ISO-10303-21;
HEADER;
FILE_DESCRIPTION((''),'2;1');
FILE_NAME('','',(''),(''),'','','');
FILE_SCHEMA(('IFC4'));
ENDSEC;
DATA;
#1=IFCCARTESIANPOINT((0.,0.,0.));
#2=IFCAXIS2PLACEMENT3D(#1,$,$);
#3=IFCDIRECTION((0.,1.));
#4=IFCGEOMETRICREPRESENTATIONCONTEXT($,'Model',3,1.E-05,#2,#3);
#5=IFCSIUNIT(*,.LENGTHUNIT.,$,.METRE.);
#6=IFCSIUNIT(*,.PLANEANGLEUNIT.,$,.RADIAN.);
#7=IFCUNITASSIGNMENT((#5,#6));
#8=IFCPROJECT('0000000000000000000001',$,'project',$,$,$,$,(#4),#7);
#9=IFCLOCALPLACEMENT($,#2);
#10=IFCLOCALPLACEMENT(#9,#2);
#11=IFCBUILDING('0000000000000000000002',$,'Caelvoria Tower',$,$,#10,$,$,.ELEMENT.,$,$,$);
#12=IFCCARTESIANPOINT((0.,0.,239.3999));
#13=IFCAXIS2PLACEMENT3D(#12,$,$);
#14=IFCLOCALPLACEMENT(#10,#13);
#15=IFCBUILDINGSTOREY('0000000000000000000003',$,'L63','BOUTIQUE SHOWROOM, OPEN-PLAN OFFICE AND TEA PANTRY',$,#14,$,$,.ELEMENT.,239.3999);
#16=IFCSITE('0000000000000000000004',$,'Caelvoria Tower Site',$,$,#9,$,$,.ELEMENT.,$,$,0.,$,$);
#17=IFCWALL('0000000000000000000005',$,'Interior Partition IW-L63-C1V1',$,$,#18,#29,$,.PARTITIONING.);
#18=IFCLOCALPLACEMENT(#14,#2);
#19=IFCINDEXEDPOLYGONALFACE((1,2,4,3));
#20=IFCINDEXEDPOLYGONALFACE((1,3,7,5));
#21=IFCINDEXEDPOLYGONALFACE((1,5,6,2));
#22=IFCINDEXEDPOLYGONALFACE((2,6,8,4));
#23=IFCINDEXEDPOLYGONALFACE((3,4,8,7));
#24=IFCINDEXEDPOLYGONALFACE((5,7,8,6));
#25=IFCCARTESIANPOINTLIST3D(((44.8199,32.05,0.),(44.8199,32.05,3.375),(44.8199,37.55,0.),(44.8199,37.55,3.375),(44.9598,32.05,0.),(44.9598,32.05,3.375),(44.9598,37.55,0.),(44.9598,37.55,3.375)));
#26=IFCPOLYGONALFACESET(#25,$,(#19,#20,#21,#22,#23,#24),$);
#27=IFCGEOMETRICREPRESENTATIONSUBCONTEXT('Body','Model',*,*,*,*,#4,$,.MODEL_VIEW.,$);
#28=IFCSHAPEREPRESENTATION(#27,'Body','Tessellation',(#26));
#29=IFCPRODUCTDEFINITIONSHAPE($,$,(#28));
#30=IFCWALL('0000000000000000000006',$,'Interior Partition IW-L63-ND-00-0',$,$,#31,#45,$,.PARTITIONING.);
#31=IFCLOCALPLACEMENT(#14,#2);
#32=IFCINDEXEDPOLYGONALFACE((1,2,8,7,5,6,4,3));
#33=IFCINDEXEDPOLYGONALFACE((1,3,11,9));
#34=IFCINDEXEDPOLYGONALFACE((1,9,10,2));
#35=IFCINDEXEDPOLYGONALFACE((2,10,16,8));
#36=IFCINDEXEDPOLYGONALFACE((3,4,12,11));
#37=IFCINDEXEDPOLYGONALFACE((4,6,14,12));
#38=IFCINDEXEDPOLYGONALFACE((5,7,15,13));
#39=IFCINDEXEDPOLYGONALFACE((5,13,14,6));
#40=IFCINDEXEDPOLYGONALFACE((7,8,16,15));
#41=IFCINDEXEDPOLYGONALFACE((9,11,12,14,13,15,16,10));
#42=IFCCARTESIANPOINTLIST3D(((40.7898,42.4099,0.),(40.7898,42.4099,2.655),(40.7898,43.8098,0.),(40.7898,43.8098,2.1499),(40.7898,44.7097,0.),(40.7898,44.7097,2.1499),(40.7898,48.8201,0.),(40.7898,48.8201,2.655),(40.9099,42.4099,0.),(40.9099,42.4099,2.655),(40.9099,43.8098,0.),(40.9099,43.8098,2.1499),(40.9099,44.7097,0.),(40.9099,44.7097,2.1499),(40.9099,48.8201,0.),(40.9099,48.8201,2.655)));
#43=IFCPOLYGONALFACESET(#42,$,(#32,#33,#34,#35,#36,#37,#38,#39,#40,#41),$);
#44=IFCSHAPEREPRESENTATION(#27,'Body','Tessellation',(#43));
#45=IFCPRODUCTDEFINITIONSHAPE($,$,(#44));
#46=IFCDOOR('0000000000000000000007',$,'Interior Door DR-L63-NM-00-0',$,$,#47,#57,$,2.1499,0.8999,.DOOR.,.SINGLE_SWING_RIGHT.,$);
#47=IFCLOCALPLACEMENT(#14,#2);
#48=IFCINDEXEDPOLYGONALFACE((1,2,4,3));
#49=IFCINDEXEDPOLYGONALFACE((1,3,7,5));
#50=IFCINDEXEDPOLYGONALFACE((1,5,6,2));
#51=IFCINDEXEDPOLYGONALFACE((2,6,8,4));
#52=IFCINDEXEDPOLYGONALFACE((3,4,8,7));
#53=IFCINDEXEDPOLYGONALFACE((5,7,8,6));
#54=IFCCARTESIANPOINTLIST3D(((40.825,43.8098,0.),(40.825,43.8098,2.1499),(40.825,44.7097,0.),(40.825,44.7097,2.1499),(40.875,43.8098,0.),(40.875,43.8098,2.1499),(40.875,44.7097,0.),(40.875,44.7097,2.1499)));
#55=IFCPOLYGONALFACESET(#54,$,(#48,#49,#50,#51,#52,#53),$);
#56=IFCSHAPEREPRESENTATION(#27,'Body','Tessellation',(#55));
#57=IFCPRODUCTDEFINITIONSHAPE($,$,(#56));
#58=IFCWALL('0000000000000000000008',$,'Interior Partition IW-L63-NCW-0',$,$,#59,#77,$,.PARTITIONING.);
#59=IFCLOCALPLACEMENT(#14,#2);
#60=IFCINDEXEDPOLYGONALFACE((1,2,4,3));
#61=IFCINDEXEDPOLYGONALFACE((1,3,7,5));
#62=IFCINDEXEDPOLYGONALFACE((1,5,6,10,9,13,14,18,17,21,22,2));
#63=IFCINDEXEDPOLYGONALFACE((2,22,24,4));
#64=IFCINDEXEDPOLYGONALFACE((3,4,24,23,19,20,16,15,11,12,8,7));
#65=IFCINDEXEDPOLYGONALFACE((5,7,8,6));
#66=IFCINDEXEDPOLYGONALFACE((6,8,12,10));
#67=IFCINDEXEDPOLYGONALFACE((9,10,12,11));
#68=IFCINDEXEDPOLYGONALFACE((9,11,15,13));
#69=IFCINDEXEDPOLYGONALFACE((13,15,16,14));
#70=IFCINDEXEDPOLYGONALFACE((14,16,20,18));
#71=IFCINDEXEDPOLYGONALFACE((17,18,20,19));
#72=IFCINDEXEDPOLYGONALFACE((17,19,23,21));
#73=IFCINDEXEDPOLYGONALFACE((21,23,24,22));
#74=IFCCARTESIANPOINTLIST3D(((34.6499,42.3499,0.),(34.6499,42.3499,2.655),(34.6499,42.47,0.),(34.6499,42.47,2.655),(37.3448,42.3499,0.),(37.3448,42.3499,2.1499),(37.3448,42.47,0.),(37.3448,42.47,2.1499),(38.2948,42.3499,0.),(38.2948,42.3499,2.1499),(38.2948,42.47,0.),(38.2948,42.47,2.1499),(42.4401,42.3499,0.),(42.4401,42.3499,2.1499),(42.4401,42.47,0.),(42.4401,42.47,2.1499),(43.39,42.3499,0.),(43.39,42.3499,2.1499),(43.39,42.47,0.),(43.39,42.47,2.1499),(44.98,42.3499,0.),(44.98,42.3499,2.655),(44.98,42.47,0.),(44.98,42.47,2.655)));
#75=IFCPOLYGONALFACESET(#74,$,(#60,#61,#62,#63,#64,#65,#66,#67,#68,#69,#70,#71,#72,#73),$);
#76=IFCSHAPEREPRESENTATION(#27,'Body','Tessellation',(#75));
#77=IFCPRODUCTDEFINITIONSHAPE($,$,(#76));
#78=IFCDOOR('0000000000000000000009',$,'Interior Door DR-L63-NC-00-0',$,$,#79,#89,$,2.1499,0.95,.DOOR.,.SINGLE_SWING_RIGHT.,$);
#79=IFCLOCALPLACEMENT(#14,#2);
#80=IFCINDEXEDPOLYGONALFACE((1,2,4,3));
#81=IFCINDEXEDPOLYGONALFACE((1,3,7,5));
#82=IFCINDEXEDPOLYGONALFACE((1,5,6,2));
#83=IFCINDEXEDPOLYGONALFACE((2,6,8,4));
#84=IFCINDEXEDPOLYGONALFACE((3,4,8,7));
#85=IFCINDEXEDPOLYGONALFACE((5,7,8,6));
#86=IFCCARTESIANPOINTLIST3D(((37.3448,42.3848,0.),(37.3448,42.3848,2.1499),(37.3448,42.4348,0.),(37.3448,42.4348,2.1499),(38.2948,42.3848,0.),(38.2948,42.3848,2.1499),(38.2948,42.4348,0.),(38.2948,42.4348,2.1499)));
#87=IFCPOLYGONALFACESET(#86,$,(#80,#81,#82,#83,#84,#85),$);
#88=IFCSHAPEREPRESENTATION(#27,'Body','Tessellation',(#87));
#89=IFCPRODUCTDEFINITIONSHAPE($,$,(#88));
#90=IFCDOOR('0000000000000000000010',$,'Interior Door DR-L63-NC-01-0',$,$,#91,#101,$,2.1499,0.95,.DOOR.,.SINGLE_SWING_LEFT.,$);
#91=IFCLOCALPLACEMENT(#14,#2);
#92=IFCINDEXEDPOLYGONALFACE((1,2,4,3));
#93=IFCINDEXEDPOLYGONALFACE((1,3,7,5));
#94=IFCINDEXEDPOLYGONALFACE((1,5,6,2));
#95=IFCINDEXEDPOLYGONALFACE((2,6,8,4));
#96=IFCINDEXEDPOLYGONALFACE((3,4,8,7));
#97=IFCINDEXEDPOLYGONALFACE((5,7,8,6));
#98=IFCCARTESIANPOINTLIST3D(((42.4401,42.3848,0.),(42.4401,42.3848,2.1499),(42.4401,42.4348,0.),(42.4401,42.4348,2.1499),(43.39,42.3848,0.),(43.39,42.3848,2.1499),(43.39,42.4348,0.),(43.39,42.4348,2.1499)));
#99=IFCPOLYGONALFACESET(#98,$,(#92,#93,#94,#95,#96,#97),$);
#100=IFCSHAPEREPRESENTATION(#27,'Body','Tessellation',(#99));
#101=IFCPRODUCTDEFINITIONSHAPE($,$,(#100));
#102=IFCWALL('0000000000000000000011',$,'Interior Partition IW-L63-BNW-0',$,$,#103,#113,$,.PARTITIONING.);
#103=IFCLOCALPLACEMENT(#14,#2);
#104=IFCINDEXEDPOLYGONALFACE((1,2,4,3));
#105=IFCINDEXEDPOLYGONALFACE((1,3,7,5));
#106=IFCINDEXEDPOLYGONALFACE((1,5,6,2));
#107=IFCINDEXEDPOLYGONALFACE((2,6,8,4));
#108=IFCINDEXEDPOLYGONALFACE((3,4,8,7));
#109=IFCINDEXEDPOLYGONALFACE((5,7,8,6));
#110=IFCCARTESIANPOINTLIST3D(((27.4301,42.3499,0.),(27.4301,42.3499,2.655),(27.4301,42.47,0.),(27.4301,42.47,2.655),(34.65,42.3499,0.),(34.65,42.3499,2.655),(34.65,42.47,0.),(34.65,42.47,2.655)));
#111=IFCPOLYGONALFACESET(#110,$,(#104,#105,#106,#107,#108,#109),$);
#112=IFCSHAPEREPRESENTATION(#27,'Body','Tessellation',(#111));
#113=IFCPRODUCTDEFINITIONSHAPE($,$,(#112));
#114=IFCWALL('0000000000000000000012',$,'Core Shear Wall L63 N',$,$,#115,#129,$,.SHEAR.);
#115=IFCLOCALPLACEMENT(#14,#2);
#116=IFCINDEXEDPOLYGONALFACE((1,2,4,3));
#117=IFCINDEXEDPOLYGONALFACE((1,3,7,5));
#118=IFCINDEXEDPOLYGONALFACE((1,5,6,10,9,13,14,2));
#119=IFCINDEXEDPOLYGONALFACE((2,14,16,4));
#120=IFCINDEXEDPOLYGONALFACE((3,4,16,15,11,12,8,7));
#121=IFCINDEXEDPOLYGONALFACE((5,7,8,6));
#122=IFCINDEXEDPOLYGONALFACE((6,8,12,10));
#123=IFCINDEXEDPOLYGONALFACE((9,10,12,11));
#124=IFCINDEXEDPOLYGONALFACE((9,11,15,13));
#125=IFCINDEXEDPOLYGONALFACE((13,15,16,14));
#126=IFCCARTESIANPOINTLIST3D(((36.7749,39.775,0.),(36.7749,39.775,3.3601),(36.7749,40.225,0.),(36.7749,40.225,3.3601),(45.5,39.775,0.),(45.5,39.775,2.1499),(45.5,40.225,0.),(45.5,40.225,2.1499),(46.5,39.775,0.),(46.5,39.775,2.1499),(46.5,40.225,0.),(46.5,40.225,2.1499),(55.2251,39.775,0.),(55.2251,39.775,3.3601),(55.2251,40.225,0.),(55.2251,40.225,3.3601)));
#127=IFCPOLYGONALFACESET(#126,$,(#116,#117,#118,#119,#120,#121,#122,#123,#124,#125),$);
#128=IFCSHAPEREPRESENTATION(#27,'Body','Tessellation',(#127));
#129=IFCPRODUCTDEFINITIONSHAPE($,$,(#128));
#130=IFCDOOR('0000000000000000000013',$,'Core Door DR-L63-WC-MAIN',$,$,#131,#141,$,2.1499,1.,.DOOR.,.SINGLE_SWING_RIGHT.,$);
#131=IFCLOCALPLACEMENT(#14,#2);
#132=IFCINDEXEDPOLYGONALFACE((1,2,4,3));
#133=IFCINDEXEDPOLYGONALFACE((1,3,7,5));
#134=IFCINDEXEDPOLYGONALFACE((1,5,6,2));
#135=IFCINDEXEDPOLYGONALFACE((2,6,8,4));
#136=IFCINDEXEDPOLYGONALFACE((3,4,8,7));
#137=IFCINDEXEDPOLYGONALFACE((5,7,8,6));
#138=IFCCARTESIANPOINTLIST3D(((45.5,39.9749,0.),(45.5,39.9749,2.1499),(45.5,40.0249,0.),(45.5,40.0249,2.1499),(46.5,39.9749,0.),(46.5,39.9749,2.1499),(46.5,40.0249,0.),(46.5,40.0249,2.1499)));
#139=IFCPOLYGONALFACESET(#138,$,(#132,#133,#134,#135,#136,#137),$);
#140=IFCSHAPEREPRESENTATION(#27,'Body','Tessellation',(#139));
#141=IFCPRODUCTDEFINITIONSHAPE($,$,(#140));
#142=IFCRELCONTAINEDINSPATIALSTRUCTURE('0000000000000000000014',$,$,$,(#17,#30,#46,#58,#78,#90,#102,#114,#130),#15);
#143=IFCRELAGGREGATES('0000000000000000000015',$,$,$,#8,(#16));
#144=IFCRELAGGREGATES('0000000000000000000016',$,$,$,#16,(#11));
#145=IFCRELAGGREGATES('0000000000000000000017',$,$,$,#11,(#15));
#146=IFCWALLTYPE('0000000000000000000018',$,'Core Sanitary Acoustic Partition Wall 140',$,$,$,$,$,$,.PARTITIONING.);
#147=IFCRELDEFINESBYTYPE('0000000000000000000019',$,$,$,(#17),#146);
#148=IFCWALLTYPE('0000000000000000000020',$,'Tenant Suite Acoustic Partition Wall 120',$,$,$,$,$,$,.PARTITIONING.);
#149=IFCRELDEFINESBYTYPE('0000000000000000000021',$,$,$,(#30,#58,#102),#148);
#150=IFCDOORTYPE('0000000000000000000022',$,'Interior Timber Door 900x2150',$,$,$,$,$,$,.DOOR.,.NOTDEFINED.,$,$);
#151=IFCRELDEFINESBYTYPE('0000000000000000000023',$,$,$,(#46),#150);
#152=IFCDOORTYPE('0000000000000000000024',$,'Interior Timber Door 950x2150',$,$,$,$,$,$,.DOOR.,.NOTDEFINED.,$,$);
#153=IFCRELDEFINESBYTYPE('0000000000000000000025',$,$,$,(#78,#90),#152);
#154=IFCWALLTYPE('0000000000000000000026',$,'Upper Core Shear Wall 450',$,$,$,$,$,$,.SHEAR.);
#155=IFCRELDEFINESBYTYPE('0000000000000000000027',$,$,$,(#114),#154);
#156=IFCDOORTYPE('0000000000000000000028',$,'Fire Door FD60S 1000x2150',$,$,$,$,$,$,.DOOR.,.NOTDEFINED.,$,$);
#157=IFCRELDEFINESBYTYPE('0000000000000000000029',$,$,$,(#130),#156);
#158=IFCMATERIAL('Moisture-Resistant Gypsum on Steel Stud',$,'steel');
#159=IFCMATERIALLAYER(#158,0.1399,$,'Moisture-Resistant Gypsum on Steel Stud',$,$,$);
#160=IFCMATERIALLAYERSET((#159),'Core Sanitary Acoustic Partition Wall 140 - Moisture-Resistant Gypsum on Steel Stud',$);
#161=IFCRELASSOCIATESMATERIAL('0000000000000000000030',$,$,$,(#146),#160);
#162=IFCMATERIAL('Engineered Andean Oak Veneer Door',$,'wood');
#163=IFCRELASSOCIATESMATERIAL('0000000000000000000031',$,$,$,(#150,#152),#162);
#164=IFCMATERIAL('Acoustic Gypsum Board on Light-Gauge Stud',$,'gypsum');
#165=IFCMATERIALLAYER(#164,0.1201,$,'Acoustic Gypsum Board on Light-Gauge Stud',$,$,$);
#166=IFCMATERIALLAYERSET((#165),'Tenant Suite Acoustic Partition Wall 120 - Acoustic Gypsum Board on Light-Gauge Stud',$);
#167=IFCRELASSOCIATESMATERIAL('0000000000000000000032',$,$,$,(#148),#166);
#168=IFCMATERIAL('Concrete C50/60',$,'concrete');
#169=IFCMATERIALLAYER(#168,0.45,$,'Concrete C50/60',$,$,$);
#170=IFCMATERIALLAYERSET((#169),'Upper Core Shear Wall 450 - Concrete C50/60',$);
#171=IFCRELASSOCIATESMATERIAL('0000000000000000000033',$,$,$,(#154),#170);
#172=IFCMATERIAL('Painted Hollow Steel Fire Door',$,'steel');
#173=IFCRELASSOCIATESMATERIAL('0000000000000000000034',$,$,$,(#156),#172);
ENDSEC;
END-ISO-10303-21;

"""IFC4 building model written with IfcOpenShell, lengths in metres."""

from ifc_helpers import new_model, si_unit, direction, frame, frame_2d, origin, place, context, subcontext, project, spatial, rectangle, extrude, material, layer, layer_set, type_object, element, fill, save


model = new_model("IFC4")

# Units and contexts
model_context = context("Model", 3, precision=1e-05, world=origin(), true_north=direction((0.0, 1.0)))
body_context = subcontext(model_context, "Body", "Model", "MODEL_VIEW")
ifc_project = project(units=[si_unit("LENGTHUNIT", "METRE"), si_unit("PLANEANGLEUNIT", "RADIAN")], contexts=[model_context])

# Site, building, storey
site_placement = place(None, origin())
site = spatial("IfcSite", under=ifc_project, at=site_placement, Name="Caelvoria Tower Site", CompositionType="ELEMENT", RefElevation=0.0)
building_placement = place(site_placement, origin())
building = spatial("IfcBuilding", under=site, at=building_placement, Name="Caelvoria Tower", CompositionType="ELEMENT")
storey_placement = place(building_placement, frame((0.0, 0.0, 239.3999)))
storey = spatial("IfcBuildingStorey", under=building, at=storey_placement, Name="L63", Description="BOUTIQUE SHOWROOM, OPEN-PLAN OFFICE AND TEA PANTRY", CompositionType="ELEMENT", Elevation=239.3999)

# Wall
ifc_material_1 = material(Name="Concrete C50/60", Category="concrete")
ifc_material_2 = material(Name="Moisture-Resistant Gypsum on Steel Stud", Category="steel")
ifc_layer_1 = layer(ifc_material_2, 0.1399, Name="Moisture-Resistant Gypsum on Steel Stud")
ifc_layer_set_1 = layer_set([ifc_layer_1], Name="Core Sanitary Acoustic Partition Wall 140 - Moisture-Resistant Gypsum on Steel Stud")
wall_type_1 = type_object("IfcWallType", Name="Core Sanitary Acoustic Partition Wall 140", PredefinedType="PARTITIONING", material=ifc_layer_set_1)
for number, where, z_axis, x_axis, name in (
    (1, (44.8899, 32.05, 0.0), (0.0, 0.0, 1.0), (0.0, 1.0, 0.0), "Interior Partition IW-L63-C1V1"),
):
    element("IfcWall", number, at=place(storey_placement, frame(where, z_axis=z_axis, x_axis=x_axis)), inside=storey, type_object=wall_type_1, Name=name, PredefinedType="PARTITIONING", context=body_context, shape_type="SweptSolid", body=[
        extrude(rectangle(XDim=5.5, YDim=0.1399, at=frame_2d((2.75, 0.0))), origin(), (0.0, 0.0, 1.0), 3.375),
    ])

# Shared definitions
ifc_material_3 = material(Name="Engineered Andean Oak Veneer Door", Category="wood")
door_type_1 = type_object("IfcDoorType", Name="Interior Timber Door 900x2150", OperationType="NOTDEFINED", PredefinedType="DOOR", material=ifc_material_3)

# Wall, opening, door
ifc_material_4 = material(Name="Acoustic Gypsum Board on Light-Gauge Stud", Category="gypsum")
ifc_layer_2 = layer(ifc_material_4, 0.1201, Name="Acoustic Gypsum Board on Light-Gauge Stud")
ifc_layer_set_2 = layer_set([ifc_layer_2], Name="Tenant Suite Acoustic Partition Wall 120 - Acoustic Gypsum Board on Light-Gauge Stud")
wall_type_2 = type_object("IfcWallType", Name="Tenant Suite Acoustic Partition Wall 120", PredefinedType="PARTITIONING", material=ifc_layer_set_2)
wall_1_placement = place(storey_placement, frame((40.8499, 42.4099, 0.0), z_axis=(0.0, 0.0, 1.0), x_axis=(0.0, 1.0, 0.0)))
wall_1 = element("IfcWall", 2, at=wall_1_placement, inside=storey, type_object=wall_type_2, Name="Interior Partition IW-L63-ND-00-0", PredefinedType="PARTITIONING", context=body_context, shape_type="SweptSolid", body=[
    extrude(rectangle(XDim=6.4102, YDim=0.1201, at=frame_2d((3.2051, 0.0))), origin(), (0.0, 0.0, 1.0), 2.655),
])
opening_1_placement = place(wall_1_placement, frame((1.3999, 0.0, 0.0)))
opening_1 = element("IfcOpeningElement", 3, at=opening_1_placement, cuts=wall_1, PredefinedType="OPENING", context=body_context, shape_type="SweptSolid", body=[
    extrude(rectangle(XDim=0.8999, YDim=2.1499, at=frame_2d((0.45, 1.075))), frame((0.0, 0.0701, 0.0), z_axis=(0.0, -1.0, 0.0), x_axis=(1.0, 0.0, 0.0)), (0.0, 0.0, 1.0), 0.1401),
])
door_1_placement = place(opening_1_placement, origin())
door_1 = element("IfcDoor", 4, at=door_1_placement, inside=storey, type_object=door_type_1, Name="Interior Door DR-L63-NM-00-0", OperationType="SINGLE_SWING_RIGHT", OverallHeight=2.1499, OverallWidth=0.8999, PredefinedType="DOOR", context=body_context, shape_type="SweptSolid", body=[
    extrude(rectangle(XDim=0.8999, YDim=2.1499, at=frame_2d((0.45, 1.075))), frame((0.0, 0.0249, 0.0), z_axis=(0.0, -1.0, 0.0), x_axis=(1.0, 0.0, 0.0)), (0.0, 0.0, 1.0), 0.05),
])
fill(opening_1, door_1)

# Wall, openings, doors
wall_2_placement = place(storey_placement, frame((34.6499, 42.4099, 0.0), z_axis=(0.0, 0.0, 1.0), x_axis=(1.0, 0.0, 0.0)))
wall_2 = element("IfcWall", 5, at=wall_2_placement, inside=storey, type_object=wall_type_2, Name="Interior Partition IW-L63-NCW-0", PredefinedType="PARTITIONING", context=body_context, shape_type="SweptSolid", body=[
    extrude(rectangle(XDim=10.3301, YDim=0.1201, at=frame_2d((5.165, 0.0))), origin(), (0.0, 0.0, 1.0), 2.655),
])
opening_2_placement = place(wall_2_placement, frame((2.6948, 0.0, 0.0)))
opening_2 = element("IfcOpeningElement", 6, at=opening_2_placement, cuts=wall_2, PredefinedType="OPENING", context=body_context, shape_type="SweptSolid", body=[
    extrude(rectangle(XDim=0.95, YDim=2.1499, at=frame_2d((0.4751, 1.075))), frame((0.0, 0.0701, 0.0), z_axis=(0.0, -1.0, 0.0), x_axis=(1.0, 0.0, 0.0)), (0.0, 0.0, 1.0), 0.1401),
])
opening_3_placement = place(wall_2_placement, frame((7.79, 0.0, 0.0)))
opening_3 = element("IfcOpeningElement", 7, at=opening_3_placement, cuts=wall_2, PredefinedType="OPENING", context=body_context, shape_type="SweptSolid", body=[
    extrude(rectangle(XDim=0.95, YDim=2.1499, at=frame_2d((0.4751, 1.075))), frame((0.0, 0.0701, 0.0), z_axis=(0.0, -1.0, 0.0), x_axis=(1.0, 0.0, 0.0)), (0.0, 0.0, 1.0), 0.1401),
])
door_type_2 = type_object("IfcDoorType", Name="Interior Timber Door 950x2150", OperationType="NOTDEFINED", PredefinedType="DOOR", material=ifc_material_3)
door_2_placement = place(opening_2_placement, origin())
door_2 = element("IfcDoor", 8, at=door_2_placement, inside=storey, type_object=door_type_2, Name="Interior Door DR-L63-NC-00-0", OperationType="SINGLE_SWING_RIGHT", OverallHeight=2.1499, OverallWidth=0.95, PredefinedType="DOOR", context=body_context, shape_type="SweptSolid", body=[
    extrude(rectangle(XDim=0.95, YDim=2.1499, at=frame_2d((0.4751, 1.075))), frame((0.0, 0.0249, 0.0), z_axis=(0.0, -1.0, 0.0), x_axis=(1.0, 0.0, 0.0)), (0.0, 0.0, 1.0), 0.05),
])
fill(opening_2, door_2)
door_3_placement = place(opening_3_placement, origin())
door_3 = element("IfcDoor", 9, at=door_3_placement, inside=storey, type_object=door_type_2, Name="Interior Door DR-L63-NC-01-0", OperationType="SINGLE_SWING_LEFT", OverallHeight=2.1499, OverallWidth=0.95, PredefinedType="DOOR", context=body_context, shape_type="SweptSolid", body=[
    extrude(rectangle(XDim=0.95, YDim=2.1499, at=frame_2d((0.4751, 1.075))), frame((0.0, 0.0249, 0.0), z_axis=(0.0, -1.0, 0.0), x_axis=(1.0, 0.0, 0.0)), (0.0, 0.0, 1.0), 0.05),
])
fill(opening_3, door_3)

# Wall
wall_3_placement = place(storey_placement, frame((34.6499, 42.4099, 0.0), z_axis=(0.0, 0.0, 1.0), x_axis=(-1.0, 0.0, 0.0)))
element("IfcWall", 10, at=wall_3_placement, inside=storey, type_object=wall_type_2, Name="Interior Partition IW-L63-BNW-0", PredefinedType="PARTITIONING", context=body_context, shape_type="SweptSolid", body=[
    extrude(rectangle(XDim=7.22, YDim=0.1201, at=frame_2d((3.6099, 0.0))), origin(), (0.0, 0.0, 1.0), 2.655),
])

# Wall, opening, door
ifc_layer_3 = layer(ifc_material_1, 0.45, Name="Concrete C50/60")
ifc_layer_set_3 = layer_set([ifc_layer_3], Name="Upper Core Shear Wall 450 - Concrete C50/60")
wall_type_3 = type_object("IfcWallType", Name="Upper Core Shear Wall 450", PredefinedType="SHEAR", material=ifc_layer_set_3)
wall_4_placement = place(storey_placement, frame((36.7749, 40.0, 0.0), z_axis=(0.0, 0.0, 1.0), x_axis=(1.0, 0.0, 0.0)))
wall_4 = element("IfcWall", 11, at=wall_4_placement, inside=storey, type_object=wall_type_3, Name="Core Shear Wall L63 N", PredefinedType="SHEAR", context=body_context, shape_type="SweptSolid", body=[
    extrude(rectangle(XDim=18.4502, YDim=0.45, at=frame_2d((9.2251, 0.0))), origin(), (0.0, 0.0, 1.0), 3.3601),
])
opening_4_placement = place(wall_4_placement, frame((8.7251, 0.0, 0.0)))
opening_4 = element("IfcOpeningElement", 12, at=opening_4_placement, cuts=wall_4, PredefinedType="OPENING", context=body_context, shape_type="SweptSolid", body=[
    extrude(rectangle(XDim=1.0, YDim=2.1499, at=frame_2d((0.5, 1.075))), frame((0.0, 0.2349, 0.0), z_axis=(0.0, -1.0, 0.0), x_axis=(1.0, 0.0, 0.0)), (0.0, 0.0, 1.0), 0.47),
])
ifc_material_5 = material(Name="Painted Hollow Steel Fire Door", Category="steel")
door_type_3 = type_object("IfcDoorType", Name="Fire Door FD60S 1000x2150", OperationType="NOTDEFINED", PredefinedType="DOOR", material=ifc_material_5)
door_4_placement = place(opening_4_placement, origin())
door_4 = element("IfcDoor", 13, at=door_4_placement, inside=storey, type_object=door_type_3, Name="Core Door DR-L63-WC-MAIN", OperationType="SINGLE_SWING_RIGHT", OverallHeight=2.1499, OverallWidth=1.0, PredefinedType="DOOR", context=body_context, shape_type="SweptSolid", body=[
    extrude(rectangle(XDim=1.0, YDim=2.1499, at=frame_2d((0.5, 1.075))), frame((0.0, 0.0249, 0.0), z_axis=(0.0, -1.0, 0.0), x_axis=(1.0, 0.0, 0.0)), (0.0, 0.0, 1.0), 0.05),
])
fill(opening_4, door_4)

save(model, "model.ifc")
